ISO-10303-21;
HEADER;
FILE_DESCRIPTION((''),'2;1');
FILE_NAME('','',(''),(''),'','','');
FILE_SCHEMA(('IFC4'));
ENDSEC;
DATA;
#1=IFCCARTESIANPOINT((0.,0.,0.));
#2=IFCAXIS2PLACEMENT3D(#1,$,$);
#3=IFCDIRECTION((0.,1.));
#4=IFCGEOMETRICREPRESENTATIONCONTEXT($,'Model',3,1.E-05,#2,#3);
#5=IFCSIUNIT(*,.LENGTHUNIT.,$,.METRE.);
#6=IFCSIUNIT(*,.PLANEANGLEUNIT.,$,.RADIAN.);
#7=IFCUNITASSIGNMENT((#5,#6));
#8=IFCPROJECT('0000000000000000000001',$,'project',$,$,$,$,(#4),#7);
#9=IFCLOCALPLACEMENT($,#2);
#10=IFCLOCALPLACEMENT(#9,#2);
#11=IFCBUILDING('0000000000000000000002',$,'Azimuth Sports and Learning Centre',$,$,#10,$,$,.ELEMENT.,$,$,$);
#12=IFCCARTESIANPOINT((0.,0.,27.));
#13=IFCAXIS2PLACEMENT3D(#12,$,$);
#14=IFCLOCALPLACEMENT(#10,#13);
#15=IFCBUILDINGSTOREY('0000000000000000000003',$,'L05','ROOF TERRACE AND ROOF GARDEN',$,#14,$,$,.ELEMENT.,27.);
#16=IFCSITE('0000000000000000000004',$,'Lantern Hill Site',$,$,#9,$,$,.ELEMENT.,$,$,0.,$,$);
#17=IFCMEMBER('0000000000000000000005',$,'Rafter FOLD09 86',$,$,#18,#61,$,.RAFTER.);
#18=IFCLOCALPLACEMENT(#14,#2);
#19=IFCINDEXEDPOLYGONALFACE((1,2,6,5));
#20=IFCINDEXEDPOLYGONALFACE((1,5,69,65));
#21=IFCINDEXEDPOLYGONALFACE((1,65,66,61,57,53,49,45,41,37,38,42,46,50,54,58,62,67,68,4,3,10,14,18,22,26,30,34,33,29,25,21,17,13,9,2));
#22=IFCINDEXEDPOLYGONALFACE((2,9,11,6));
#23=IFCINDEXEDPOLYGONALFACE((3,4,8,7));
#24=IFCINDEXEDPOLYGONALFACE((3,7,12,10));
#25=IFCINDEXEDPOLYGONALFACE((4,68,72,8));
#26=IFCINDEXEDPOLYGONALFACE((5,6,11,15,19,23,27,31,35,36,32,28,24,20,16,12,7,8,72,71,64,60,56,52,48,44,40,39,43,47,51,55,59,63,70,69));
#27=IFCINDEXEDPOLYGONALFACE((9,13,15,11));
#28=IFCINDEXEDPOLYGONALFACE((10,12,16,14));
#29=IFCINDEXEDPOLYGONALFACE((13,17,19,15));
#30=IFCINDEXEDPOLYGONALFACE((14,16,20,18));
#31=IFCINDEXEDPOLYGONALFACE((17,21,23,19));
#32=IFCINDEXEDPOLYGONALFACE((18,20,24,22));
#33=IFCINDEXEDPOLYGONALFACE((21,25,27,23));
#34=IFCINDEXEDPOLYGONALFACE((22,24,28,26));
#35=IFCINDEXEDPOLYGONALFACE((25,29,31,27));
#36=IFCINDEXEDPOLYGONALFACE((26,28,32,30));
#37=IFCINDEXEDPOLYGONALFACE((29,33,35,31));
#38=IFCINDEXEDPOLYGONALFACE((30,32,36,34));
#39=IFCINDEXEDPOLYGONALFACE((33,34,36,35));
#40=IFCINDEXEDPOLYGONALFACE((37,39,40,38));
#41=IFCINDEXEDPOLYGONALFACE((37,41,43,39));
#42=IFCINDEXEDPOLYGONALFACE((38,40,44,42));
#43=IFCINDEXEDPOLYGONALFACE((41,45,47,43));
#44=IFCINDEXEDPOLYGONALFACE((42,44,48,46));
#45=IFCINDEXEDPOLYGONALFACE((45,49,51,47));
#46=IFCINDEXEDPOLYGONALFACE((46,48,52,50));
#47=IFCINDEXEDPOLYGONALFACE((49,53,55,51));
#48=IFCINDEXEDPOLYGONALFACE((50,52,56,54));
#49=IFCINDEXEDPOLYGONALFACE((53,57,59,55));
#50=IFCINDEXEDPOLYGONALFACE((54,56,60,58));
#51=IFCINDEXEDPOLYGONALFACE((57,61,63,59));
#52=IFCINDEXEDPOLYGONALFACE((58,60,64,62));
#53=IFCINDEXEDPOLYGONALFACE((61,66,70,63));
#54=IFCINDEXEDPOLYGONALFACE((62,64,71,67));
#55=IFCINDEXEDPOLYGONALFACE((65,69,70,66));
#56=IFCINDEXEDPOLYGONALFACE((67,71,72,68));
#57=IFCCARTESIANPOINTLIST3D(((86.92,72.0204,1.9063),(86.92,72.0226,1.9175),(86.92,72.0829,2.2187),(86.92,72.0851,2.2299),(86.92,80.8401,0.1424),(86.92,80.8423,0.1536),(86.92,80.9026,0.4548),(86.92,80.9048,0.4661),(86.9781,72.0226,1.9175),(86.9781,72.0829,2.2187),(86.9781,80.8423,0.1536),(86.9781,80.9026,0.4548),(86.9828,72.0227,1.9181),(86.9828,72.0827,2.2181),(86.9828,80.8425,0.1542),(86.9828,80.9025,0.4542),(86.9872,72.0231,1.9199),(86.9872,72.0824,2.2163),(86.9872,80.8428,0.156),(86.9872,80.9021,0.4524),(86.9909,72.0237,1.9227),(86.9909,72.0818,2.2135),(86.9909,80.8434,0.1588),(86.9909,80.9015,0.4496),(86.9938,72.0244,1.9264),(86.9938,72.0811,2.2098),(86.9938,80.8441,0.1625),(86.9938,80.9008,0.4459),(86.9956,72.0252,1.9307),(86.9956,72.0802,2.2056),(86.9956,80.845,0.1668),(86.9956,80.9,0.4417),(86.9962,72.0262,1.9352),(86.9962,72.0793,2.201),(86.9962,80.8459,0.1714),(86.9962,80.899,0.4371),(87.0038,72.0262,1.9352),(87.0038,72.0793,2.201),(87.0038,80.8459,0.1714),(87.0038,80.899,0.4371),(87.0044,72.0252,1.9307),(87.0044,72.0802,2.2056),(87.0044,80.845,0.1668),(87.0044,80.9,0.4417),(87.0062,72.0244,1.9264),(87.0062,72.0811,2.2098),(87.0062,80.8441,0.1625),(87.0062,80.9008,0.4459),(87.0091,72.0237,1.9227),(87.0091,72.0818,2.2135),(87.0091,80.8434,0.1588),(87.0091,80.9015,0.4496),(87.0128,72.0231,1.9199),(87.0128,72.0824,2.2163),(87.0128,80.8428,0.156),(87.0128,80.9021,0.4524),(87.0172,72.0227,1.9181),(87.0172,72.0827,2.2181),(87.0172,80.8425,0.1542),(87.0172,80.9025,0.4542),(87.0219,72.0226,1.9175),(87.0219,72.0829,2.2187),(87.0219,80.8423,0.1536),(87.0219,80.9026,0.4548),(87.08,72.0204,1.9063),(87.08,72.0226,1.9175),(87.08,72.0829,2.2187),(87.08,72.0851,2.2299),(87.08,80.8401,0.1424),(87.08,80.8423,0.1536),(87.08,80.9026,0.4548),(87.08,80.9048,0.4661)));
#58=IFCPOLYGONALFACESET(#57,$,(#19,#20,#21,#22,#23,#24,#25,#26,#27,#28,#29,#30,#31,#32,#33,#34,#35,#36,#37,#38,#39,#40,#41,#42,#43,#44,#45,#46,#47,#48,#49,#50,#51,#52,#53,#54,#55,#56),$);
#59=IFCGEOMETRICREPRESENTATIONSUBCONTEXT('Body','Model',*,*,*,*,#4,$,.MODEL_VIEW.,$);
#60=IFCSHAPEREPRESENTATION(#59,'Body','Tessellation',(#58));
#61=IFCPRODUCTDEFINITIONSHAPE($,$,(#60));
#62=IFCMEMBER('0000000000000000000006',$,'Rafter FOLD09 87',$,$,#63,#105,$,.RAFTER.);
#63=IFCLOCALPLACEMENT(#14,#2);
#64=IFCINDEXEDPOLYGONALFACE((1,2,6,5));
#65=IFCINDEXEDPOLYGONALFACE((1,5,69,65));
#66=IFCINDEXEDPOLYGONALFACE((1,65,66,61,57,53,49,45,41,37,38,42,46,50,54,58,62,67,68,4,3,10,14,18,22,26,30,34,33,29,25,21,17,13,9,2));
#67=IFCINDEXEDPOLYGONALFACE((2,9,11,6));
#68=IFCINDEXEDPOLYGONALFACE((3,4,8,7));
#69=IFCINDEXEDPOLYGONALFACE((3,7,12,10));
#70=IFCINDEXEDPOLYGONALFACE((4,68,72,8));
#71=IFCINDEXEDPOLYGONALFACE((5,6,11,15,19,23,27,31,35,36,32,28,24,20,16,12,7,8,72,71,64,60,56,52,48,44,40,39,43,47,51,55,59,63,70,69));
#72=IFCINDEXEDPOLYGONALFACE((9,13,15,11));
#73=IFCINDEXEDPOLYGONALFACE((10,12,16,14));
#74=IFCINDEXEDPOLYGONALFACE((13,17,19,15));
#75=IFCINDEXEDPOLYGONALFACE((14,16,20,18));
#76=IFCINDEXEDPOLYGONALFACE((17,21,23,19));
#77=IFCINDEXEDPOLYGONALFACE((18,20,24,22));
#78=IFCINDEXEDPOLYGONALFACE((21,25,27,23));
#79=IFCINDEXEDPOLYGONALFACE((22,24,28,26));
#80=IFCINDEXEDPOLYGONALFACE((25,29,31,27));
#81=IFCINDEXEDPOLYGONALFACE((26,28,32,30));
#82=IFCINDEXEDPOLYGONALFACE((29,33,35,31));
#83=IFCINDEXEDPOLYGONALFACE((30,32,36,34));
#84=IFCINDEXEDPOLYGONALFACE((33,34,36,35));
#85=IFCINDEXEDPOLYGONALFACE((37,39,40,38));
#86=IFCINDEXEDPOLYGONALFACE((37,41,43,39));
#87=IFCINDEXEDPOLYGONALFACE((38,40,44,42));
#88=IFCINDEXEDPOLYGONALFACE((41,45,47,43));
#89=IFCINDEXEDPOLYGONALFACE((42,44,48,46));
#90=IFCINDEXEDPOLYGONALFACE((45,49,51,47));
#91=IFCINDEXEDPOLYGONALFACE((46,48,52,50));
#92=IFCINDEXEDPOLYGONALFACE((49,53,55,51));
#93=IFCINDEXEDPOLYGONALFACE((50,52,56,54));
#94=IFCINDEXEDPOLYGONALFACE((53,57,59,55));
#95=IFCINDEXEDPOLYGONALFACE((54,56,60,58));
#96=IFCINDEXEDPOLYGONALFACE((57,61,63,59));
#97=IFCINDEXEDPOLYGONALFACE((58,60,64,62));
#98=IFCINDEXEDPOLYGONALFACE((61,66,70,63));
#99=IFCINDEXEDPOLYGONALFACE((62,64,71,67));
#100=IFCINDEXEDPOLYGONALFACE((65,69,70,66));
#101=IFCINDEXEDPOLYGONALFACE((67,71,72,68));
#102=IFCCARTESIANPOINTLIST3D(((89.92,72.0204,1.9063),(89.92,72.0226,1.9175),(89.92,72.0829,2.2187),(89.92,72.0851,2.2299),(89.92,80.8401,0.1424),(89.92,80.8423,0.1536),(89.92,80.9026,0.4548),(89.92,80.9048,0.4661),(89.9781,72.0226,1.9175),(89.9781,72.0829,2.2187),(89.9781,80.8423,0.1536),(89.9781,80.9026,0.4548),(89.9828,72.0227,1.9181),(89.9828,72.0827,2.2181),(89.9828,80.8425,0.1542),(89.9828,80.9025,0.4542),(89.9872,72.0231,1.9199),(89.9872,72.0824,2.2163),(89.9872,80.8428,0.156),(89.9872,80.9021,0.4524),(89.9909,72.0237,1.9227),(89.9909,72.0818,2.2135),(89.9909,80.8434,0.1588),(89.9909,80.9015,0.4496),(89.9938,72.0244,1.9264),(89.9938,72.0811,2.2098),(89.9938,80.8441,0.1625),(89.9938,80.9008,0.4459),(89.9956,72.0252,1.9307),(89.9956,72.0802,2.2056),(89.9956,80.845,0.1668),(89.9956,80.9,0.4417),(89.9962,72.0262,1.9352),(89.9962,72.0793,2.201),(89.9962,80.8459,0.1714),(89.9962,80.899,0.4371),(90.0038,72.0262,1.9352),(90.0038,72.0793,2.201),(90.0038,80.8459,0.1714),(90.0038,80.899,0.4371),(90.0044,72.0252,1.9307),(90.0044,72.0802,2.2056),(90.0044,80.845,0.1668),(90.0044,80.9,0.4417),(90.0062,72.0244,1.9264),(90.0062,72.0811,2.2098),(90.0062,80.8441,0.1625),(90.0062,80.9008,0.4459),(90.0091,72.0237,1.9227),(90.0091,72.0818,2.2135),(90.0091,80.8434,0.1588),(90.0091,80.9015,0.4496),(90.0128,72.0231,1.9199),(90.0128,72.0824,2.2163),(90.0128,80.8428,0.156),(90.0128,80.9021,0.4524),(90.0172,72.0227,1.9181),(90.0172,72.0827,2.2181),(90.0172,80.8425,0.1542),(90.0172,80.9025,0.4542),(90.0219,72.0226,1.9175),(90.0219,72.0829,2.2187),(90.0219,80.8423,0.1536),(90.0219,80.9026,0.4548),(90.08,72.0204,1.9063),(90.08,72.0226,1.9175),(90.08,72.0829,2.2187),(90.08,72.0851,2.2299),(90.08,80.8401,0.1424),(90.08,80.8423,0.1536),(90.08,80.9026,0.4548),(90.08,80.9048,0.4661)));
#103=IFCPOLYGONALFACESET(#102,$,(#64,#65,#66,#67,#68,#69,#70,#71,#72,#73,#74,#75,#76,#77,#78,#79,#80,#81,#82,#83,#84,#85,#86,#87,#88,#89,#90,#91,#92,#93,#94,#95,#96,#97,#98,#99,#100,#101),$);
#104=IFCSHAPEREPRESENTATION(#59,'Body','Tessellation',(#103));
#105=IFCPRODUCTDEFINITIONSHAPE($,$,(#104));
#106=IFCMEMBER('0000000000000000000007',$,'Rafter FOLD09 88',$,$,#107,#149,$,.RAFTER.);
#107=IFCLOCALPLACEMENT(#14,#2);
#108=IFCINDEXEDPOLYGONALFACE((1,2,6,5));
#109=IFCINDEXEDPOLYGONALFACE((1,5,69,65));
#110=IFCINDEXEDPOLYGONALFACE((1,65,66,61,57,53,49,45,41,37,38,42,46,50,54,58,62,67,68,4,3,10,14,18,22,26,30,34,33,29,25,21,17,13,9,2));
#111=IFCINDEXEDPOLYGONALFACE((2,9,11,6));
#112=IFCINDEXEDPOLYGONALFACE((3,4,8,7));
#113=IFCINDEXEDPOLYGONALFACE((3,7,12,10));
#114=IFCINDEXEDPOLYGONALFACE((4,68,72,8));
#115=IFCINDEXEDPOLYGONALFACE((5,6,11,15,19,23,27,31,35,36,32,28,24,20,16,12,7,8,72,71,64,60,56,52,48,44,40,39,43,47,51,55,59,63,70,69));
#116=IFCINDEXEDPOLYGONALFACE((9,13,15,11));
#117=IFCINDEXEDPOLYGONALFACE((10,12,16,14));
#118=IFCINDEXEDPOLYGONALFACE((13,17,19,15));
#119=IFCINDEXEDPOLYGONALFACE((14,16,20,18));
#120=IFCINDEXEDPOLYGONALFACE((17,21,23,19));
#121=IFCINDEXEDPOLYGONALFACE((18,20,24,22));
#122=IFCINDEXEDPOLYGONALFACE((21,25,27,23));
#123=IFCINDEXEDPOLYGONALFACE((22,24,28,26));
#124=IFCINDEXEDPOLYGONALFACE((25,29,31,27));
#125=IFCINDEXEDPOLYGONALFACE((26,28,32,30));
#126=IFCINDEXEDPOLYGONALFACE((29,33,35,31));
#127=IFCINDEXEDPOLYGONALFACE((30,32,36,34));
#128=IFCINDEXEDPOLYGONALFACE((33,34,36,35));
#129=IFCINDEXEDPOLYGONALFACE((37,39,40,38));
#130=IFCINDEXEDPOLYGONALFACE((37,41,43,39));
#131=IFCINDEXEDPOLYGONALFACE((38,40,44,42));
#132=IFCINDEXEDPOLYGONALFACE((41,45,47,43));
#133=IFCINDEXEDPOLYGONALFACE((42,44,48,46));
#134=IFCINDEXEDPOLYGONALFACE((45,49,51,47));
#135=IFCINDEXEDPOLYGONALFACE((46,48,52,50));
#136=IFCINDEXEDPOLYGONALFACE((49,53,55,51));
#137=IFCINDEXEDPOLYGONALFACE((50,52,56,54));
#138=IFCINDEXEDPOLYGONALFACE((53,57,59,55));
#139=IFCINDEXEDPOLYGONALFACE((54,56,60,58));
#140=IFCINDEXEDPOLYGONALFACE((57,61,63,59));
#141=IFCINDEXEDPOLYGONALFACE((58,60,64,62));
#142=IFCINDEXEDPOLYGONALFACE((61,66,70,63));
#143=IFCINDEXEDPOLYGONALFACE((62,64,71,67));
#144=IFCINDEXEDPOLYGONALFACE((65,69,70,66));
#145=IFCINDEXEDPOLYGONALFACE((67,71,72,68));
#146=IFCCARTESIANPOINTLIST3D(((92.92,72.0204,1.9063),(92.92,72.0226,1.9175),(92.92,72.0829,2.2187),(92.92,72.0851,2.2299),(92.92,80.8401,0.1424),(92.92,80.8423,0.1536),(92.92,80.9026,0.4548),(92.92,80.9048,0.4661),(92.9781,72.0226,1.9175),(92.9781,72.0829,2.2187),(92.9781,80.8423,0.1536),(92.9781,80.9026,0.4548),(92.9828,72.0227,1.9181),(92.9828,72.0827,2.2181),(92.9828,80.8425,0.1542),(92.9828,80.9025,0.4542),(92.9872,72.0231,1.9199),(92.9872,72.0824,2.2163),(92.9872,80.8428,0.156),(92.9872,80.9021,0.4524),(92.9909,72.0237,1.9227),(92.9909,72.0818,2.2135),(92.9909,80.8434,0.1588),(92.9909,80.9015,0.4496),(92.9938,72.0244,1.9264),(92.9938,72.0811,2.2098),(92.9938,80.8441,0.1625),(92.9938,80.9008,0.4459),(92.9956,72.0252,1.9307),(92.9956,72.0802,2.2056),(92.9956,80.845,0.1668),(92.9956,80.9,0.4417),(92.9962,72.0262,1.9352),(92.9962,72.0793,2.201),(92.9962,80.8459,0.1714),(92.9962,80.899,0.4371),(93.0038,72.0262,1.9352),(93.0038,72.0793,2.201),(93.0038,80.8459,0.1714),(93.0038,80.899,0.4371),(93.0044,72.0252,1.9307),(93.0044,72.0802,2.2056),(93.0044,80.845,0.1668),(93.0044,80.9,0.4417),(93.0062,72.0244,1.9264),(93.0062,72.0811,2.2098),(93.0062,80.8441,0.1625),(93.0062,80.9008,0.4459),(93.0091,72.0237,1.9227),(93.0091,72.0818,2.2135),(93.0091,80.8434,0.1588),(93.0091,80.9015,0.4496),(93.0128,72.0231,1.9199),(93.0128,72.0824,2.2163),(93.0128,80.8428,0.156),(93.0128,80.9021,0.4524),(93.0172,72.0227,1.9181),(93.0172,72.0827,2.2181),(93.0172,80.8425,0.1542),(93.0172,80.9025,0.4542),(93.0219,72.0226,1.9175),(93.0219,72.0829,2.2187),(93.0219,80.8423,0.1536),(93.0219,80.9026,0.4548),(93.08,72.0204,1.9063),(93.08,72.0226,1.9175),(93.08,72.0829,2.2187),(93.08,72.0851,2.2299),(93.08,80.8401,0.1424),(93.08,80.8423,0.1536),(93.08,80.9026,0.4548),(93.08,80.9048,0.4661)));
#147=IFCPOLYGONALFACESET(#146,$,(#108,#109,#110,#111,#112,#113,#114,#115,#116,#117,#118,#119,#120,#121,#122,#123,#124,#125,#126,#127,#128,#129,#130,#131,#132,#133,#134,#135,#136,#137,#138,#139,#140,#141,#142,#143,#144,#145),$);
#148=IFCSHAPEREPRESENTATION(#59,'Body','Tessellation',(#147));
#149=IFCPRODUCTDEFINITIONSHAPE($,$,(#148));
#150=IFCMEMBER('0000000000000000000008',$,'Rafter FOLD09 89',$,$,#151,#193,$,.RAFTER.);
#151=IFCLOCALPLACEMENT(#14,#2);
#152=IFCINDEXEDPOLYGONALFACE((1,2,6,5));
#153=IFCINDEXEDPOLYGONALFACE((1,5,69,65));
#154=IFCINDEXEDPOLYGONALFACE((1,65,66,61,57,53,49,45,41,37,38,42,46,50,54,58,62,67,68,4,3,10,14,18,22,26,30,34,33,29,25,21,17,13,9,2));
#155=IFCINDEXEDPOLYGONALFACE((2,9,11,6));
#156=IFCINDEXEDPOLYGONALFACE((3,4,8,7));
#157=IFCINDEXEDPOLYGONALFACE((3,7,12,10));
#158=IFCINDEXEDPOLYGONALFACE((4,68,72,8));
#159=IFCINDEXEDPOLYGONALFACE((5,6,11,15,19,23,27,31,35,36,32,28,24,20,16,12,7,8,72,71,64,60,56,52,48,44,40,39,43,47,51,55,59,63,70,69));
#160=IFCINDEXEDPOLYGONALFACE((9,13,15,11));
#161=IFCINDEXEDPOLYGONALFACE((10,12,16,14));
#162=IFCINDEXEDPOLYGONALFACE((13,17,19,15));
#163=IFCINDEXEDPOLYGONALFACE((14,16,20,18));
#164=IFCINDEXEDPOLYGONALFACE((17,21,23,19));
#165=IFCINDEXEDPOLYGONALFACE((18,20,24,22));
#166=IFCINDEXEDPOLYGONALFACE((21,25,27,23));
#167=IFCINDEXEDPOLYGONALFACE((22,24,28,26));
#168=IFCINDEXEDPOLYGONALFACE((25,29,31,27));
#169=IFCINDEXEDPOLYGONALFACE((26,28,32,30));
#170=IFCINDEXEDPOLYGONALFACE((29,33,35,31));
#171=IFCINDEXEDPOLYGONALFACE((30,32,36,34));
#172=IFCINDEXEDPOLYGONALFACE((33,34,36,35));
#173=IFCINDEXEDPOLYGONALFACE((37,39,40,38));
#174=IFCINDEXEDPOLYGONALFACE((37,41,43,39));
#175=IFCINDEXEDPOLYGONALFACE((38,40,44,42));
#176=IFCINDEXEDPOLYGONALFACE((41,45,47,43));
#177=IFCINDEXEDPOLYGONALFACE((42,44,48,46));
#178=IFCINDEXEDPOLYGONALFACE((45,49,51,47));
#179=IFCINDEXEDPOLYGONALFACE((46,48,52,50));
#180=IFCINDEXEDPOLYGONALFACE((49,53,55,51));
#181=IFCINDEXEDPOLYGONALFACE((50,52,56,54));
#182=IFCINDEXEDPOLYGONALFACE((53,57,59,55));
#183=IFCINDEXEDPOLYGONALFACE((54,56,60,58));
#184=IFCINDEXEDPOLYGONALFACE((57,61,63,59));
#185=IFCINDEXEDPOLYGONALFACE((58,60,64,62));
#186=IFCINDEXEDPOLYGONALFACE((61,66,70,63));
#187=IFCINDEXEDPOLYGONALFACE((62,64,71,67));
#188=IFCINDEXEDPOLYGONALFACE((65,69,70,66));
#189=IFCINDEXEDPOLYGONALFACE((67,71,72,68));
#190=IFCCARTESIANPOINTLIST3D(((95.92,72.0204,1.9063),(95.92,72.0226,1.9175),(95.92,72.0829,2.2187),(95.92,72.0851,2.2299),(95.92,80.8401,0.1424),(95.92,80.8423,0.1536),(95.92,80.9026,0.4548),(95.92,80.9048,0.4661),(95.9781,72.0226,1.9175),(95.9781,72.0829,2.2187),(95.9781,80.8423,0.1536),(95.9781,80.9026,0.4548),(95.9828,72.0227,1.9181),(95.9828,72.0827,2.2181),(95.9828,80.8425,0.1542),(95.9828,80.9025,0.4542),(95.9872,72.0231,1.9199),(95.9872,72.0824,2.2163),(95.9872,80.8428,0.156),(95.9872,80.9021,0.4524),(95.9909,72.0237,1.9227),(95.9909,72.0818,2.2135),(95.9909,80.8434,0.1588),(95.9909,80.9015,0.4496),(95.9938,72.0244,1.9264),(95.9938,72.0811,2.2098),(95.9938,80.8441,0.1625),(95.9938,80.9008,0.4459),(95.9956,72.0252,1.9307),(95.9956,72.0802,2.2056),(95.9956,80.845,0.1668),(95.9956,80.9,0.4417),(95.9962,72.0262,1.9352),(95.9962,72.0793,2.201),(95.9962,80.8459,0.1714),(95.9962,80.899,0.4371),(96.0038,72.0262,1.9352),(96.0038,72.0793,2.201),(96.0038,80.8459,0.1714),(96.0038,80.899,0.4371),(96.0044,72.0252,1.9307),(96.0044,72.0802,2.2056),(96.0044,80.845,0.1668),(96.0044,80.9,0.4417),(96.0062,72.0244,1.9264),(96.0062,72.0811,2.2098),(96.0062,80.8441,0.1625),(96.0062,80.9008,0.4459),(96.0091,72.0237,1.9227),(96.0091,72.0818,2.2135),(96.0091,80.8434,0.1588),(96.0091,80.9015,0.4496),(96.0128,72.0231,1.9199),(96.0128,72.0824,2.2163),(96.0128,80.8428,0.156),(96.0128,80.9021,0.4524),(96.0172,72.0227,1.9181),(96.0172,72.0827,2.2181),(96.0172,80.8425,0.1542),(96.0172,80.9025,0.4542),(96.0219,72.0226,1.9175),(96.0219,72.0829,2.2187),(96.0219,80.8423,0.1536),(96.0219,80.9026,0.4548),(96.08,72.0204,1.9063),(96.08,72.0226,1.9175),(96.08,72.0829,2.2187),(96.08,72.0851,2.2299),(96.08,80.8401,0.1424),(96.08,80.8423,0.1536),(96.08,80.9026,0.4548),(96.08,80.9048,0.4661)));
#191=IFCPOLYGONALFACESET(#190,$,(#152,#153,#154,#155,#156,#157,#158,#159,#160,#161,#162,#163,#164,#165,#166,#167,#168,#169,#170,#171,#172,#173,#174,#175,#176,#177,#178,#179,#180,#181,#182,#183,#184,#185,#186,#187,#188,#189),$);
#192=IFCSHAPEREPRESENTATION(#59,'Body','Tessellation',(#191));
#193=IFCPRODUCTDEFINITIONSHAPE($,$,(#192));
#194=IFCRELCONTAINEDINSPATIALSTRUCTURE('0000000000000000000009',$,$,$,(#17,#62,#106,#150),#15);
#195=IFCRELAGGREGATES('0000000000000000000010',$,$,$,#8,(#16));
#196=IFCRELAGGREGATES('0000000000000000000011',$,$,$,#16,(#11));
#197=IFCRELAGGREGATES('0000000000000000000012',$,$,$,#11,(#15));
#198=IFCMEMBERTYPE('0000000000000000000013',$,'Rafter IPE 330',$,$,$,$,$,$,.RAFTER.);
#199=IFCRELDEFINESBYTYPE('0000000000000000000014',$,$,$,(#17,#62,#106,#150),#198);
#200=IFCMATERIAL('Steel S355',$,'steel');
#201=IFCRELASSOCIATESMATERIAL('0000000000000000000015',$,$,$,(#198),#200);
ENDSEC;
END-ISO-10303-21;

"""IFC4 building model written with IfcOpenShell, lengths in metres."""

from ifc_helpers import new_model, si_unit, direction, frame, origin, origin_2d, place, context, subcontext, project, spatial, i_section, extrude, material, material_profile, profile_set, type_object, element, save


model = new_model("IFC4")

# Units and contexts
model_context = context("Model", 3, precision=1e-05, world=origin(), true_north=direction((0.0, 1.0)))
body_context = subcontext(model_context, "Body", "Model", "MODEL_VIEW")
ifc_project = project(units=[si_unit("LENGTHUNIT", "METRE"), si_unit("PLANEANGLEUNIT", "RADIAN")], contexts=[model_context])

# Site, building, storey
site_placement = place(None, origin())
site = spatial("IfcSite", under=ifc_project, at=site_placement, Name="Lantern Hill Site", CompositionType="ELEMENT", RefElevation=0.0)
building_placement = place(site_placement, origin())
building = spatial("IfcBuilding", under=site, at=building_placement, Name="Azimuth Sports and Learning Centre", CompositionType="ELEMENT")
storey_placement = place(building_placement, frame((0.0, 0.0, 27.0)))
storey = spatial("IfcBuildingStorey", under=building, at=storey_placement, Name="L05", Description="ROOF TERRACE AND ROOF GARDEN", CompositionType="ELEMENT", Elevation=27.0)

# Members
ifc_material_1 = material(Name="Steel S355", Category="steel")
ifc_material_profile_1 = material_profile(ifc_material_1, i_section(OverallWidth=0.1599, OverallDepth=0.3301, WebThickness=0.0076, FlangeThickness=0.0115, FilletRadius=0.0181, at=origin_2d()), Name="IPE 330")
ifc_profile_set_1 = profile_set([ifc_material_profile_1], Name="Steel S355")
member_type_1 = type_object("IfcMemberType", Name="Rafter IPE 330", PredefinedType="RAFTER", material=ifc_profile_set_1)
for number, where, z_axis, x_axis, name in (
    (1, (87.0, 72.0527, 2.0681), (0.0, 0.980582, -0.196111), (-1.0, 0.0, 0.0), "Rafter FOLD09 86"),
    (2, (90.0, 72.0527, 2.0681), (0.0, 0.980582, -0.196111), (-1.0, 0.0, 0.0), "Rafter FOLD09 87"),
    (3, (93.0, 72.0527, 2.0681), (0.0, 0.980582, -0.196111), (-1.0, 0.0, 0.0), "Rafter FOLD09 88"),
    (4, (96.0, 72.0527, 2.0681), (0.0, 0.980582, -0.196111), (-1.0, 0.0, 0.0), "Rafter FOLD09 89"),
):
    element("IfcMember", number, at=place(storey_placement, frame(where, z_axis=z_axis, x_axis=x_axis)), inside=storey, type_object=member_type_1, Name=name, PredefinedType="RAFTER", context=body_context, shape_type="SweptSolid", body=[
        extrude(i_section(OverallWidth=0.1599, OverallDepth=0.3301, WebThickness=0.0076, FlangeThickness=0.0115, FilletRadius=0.0181, at=origin_2d()), origin(), (0.0, 0.0, 1.0), 8.9944),
    ])

save(model, "model.ifc")
